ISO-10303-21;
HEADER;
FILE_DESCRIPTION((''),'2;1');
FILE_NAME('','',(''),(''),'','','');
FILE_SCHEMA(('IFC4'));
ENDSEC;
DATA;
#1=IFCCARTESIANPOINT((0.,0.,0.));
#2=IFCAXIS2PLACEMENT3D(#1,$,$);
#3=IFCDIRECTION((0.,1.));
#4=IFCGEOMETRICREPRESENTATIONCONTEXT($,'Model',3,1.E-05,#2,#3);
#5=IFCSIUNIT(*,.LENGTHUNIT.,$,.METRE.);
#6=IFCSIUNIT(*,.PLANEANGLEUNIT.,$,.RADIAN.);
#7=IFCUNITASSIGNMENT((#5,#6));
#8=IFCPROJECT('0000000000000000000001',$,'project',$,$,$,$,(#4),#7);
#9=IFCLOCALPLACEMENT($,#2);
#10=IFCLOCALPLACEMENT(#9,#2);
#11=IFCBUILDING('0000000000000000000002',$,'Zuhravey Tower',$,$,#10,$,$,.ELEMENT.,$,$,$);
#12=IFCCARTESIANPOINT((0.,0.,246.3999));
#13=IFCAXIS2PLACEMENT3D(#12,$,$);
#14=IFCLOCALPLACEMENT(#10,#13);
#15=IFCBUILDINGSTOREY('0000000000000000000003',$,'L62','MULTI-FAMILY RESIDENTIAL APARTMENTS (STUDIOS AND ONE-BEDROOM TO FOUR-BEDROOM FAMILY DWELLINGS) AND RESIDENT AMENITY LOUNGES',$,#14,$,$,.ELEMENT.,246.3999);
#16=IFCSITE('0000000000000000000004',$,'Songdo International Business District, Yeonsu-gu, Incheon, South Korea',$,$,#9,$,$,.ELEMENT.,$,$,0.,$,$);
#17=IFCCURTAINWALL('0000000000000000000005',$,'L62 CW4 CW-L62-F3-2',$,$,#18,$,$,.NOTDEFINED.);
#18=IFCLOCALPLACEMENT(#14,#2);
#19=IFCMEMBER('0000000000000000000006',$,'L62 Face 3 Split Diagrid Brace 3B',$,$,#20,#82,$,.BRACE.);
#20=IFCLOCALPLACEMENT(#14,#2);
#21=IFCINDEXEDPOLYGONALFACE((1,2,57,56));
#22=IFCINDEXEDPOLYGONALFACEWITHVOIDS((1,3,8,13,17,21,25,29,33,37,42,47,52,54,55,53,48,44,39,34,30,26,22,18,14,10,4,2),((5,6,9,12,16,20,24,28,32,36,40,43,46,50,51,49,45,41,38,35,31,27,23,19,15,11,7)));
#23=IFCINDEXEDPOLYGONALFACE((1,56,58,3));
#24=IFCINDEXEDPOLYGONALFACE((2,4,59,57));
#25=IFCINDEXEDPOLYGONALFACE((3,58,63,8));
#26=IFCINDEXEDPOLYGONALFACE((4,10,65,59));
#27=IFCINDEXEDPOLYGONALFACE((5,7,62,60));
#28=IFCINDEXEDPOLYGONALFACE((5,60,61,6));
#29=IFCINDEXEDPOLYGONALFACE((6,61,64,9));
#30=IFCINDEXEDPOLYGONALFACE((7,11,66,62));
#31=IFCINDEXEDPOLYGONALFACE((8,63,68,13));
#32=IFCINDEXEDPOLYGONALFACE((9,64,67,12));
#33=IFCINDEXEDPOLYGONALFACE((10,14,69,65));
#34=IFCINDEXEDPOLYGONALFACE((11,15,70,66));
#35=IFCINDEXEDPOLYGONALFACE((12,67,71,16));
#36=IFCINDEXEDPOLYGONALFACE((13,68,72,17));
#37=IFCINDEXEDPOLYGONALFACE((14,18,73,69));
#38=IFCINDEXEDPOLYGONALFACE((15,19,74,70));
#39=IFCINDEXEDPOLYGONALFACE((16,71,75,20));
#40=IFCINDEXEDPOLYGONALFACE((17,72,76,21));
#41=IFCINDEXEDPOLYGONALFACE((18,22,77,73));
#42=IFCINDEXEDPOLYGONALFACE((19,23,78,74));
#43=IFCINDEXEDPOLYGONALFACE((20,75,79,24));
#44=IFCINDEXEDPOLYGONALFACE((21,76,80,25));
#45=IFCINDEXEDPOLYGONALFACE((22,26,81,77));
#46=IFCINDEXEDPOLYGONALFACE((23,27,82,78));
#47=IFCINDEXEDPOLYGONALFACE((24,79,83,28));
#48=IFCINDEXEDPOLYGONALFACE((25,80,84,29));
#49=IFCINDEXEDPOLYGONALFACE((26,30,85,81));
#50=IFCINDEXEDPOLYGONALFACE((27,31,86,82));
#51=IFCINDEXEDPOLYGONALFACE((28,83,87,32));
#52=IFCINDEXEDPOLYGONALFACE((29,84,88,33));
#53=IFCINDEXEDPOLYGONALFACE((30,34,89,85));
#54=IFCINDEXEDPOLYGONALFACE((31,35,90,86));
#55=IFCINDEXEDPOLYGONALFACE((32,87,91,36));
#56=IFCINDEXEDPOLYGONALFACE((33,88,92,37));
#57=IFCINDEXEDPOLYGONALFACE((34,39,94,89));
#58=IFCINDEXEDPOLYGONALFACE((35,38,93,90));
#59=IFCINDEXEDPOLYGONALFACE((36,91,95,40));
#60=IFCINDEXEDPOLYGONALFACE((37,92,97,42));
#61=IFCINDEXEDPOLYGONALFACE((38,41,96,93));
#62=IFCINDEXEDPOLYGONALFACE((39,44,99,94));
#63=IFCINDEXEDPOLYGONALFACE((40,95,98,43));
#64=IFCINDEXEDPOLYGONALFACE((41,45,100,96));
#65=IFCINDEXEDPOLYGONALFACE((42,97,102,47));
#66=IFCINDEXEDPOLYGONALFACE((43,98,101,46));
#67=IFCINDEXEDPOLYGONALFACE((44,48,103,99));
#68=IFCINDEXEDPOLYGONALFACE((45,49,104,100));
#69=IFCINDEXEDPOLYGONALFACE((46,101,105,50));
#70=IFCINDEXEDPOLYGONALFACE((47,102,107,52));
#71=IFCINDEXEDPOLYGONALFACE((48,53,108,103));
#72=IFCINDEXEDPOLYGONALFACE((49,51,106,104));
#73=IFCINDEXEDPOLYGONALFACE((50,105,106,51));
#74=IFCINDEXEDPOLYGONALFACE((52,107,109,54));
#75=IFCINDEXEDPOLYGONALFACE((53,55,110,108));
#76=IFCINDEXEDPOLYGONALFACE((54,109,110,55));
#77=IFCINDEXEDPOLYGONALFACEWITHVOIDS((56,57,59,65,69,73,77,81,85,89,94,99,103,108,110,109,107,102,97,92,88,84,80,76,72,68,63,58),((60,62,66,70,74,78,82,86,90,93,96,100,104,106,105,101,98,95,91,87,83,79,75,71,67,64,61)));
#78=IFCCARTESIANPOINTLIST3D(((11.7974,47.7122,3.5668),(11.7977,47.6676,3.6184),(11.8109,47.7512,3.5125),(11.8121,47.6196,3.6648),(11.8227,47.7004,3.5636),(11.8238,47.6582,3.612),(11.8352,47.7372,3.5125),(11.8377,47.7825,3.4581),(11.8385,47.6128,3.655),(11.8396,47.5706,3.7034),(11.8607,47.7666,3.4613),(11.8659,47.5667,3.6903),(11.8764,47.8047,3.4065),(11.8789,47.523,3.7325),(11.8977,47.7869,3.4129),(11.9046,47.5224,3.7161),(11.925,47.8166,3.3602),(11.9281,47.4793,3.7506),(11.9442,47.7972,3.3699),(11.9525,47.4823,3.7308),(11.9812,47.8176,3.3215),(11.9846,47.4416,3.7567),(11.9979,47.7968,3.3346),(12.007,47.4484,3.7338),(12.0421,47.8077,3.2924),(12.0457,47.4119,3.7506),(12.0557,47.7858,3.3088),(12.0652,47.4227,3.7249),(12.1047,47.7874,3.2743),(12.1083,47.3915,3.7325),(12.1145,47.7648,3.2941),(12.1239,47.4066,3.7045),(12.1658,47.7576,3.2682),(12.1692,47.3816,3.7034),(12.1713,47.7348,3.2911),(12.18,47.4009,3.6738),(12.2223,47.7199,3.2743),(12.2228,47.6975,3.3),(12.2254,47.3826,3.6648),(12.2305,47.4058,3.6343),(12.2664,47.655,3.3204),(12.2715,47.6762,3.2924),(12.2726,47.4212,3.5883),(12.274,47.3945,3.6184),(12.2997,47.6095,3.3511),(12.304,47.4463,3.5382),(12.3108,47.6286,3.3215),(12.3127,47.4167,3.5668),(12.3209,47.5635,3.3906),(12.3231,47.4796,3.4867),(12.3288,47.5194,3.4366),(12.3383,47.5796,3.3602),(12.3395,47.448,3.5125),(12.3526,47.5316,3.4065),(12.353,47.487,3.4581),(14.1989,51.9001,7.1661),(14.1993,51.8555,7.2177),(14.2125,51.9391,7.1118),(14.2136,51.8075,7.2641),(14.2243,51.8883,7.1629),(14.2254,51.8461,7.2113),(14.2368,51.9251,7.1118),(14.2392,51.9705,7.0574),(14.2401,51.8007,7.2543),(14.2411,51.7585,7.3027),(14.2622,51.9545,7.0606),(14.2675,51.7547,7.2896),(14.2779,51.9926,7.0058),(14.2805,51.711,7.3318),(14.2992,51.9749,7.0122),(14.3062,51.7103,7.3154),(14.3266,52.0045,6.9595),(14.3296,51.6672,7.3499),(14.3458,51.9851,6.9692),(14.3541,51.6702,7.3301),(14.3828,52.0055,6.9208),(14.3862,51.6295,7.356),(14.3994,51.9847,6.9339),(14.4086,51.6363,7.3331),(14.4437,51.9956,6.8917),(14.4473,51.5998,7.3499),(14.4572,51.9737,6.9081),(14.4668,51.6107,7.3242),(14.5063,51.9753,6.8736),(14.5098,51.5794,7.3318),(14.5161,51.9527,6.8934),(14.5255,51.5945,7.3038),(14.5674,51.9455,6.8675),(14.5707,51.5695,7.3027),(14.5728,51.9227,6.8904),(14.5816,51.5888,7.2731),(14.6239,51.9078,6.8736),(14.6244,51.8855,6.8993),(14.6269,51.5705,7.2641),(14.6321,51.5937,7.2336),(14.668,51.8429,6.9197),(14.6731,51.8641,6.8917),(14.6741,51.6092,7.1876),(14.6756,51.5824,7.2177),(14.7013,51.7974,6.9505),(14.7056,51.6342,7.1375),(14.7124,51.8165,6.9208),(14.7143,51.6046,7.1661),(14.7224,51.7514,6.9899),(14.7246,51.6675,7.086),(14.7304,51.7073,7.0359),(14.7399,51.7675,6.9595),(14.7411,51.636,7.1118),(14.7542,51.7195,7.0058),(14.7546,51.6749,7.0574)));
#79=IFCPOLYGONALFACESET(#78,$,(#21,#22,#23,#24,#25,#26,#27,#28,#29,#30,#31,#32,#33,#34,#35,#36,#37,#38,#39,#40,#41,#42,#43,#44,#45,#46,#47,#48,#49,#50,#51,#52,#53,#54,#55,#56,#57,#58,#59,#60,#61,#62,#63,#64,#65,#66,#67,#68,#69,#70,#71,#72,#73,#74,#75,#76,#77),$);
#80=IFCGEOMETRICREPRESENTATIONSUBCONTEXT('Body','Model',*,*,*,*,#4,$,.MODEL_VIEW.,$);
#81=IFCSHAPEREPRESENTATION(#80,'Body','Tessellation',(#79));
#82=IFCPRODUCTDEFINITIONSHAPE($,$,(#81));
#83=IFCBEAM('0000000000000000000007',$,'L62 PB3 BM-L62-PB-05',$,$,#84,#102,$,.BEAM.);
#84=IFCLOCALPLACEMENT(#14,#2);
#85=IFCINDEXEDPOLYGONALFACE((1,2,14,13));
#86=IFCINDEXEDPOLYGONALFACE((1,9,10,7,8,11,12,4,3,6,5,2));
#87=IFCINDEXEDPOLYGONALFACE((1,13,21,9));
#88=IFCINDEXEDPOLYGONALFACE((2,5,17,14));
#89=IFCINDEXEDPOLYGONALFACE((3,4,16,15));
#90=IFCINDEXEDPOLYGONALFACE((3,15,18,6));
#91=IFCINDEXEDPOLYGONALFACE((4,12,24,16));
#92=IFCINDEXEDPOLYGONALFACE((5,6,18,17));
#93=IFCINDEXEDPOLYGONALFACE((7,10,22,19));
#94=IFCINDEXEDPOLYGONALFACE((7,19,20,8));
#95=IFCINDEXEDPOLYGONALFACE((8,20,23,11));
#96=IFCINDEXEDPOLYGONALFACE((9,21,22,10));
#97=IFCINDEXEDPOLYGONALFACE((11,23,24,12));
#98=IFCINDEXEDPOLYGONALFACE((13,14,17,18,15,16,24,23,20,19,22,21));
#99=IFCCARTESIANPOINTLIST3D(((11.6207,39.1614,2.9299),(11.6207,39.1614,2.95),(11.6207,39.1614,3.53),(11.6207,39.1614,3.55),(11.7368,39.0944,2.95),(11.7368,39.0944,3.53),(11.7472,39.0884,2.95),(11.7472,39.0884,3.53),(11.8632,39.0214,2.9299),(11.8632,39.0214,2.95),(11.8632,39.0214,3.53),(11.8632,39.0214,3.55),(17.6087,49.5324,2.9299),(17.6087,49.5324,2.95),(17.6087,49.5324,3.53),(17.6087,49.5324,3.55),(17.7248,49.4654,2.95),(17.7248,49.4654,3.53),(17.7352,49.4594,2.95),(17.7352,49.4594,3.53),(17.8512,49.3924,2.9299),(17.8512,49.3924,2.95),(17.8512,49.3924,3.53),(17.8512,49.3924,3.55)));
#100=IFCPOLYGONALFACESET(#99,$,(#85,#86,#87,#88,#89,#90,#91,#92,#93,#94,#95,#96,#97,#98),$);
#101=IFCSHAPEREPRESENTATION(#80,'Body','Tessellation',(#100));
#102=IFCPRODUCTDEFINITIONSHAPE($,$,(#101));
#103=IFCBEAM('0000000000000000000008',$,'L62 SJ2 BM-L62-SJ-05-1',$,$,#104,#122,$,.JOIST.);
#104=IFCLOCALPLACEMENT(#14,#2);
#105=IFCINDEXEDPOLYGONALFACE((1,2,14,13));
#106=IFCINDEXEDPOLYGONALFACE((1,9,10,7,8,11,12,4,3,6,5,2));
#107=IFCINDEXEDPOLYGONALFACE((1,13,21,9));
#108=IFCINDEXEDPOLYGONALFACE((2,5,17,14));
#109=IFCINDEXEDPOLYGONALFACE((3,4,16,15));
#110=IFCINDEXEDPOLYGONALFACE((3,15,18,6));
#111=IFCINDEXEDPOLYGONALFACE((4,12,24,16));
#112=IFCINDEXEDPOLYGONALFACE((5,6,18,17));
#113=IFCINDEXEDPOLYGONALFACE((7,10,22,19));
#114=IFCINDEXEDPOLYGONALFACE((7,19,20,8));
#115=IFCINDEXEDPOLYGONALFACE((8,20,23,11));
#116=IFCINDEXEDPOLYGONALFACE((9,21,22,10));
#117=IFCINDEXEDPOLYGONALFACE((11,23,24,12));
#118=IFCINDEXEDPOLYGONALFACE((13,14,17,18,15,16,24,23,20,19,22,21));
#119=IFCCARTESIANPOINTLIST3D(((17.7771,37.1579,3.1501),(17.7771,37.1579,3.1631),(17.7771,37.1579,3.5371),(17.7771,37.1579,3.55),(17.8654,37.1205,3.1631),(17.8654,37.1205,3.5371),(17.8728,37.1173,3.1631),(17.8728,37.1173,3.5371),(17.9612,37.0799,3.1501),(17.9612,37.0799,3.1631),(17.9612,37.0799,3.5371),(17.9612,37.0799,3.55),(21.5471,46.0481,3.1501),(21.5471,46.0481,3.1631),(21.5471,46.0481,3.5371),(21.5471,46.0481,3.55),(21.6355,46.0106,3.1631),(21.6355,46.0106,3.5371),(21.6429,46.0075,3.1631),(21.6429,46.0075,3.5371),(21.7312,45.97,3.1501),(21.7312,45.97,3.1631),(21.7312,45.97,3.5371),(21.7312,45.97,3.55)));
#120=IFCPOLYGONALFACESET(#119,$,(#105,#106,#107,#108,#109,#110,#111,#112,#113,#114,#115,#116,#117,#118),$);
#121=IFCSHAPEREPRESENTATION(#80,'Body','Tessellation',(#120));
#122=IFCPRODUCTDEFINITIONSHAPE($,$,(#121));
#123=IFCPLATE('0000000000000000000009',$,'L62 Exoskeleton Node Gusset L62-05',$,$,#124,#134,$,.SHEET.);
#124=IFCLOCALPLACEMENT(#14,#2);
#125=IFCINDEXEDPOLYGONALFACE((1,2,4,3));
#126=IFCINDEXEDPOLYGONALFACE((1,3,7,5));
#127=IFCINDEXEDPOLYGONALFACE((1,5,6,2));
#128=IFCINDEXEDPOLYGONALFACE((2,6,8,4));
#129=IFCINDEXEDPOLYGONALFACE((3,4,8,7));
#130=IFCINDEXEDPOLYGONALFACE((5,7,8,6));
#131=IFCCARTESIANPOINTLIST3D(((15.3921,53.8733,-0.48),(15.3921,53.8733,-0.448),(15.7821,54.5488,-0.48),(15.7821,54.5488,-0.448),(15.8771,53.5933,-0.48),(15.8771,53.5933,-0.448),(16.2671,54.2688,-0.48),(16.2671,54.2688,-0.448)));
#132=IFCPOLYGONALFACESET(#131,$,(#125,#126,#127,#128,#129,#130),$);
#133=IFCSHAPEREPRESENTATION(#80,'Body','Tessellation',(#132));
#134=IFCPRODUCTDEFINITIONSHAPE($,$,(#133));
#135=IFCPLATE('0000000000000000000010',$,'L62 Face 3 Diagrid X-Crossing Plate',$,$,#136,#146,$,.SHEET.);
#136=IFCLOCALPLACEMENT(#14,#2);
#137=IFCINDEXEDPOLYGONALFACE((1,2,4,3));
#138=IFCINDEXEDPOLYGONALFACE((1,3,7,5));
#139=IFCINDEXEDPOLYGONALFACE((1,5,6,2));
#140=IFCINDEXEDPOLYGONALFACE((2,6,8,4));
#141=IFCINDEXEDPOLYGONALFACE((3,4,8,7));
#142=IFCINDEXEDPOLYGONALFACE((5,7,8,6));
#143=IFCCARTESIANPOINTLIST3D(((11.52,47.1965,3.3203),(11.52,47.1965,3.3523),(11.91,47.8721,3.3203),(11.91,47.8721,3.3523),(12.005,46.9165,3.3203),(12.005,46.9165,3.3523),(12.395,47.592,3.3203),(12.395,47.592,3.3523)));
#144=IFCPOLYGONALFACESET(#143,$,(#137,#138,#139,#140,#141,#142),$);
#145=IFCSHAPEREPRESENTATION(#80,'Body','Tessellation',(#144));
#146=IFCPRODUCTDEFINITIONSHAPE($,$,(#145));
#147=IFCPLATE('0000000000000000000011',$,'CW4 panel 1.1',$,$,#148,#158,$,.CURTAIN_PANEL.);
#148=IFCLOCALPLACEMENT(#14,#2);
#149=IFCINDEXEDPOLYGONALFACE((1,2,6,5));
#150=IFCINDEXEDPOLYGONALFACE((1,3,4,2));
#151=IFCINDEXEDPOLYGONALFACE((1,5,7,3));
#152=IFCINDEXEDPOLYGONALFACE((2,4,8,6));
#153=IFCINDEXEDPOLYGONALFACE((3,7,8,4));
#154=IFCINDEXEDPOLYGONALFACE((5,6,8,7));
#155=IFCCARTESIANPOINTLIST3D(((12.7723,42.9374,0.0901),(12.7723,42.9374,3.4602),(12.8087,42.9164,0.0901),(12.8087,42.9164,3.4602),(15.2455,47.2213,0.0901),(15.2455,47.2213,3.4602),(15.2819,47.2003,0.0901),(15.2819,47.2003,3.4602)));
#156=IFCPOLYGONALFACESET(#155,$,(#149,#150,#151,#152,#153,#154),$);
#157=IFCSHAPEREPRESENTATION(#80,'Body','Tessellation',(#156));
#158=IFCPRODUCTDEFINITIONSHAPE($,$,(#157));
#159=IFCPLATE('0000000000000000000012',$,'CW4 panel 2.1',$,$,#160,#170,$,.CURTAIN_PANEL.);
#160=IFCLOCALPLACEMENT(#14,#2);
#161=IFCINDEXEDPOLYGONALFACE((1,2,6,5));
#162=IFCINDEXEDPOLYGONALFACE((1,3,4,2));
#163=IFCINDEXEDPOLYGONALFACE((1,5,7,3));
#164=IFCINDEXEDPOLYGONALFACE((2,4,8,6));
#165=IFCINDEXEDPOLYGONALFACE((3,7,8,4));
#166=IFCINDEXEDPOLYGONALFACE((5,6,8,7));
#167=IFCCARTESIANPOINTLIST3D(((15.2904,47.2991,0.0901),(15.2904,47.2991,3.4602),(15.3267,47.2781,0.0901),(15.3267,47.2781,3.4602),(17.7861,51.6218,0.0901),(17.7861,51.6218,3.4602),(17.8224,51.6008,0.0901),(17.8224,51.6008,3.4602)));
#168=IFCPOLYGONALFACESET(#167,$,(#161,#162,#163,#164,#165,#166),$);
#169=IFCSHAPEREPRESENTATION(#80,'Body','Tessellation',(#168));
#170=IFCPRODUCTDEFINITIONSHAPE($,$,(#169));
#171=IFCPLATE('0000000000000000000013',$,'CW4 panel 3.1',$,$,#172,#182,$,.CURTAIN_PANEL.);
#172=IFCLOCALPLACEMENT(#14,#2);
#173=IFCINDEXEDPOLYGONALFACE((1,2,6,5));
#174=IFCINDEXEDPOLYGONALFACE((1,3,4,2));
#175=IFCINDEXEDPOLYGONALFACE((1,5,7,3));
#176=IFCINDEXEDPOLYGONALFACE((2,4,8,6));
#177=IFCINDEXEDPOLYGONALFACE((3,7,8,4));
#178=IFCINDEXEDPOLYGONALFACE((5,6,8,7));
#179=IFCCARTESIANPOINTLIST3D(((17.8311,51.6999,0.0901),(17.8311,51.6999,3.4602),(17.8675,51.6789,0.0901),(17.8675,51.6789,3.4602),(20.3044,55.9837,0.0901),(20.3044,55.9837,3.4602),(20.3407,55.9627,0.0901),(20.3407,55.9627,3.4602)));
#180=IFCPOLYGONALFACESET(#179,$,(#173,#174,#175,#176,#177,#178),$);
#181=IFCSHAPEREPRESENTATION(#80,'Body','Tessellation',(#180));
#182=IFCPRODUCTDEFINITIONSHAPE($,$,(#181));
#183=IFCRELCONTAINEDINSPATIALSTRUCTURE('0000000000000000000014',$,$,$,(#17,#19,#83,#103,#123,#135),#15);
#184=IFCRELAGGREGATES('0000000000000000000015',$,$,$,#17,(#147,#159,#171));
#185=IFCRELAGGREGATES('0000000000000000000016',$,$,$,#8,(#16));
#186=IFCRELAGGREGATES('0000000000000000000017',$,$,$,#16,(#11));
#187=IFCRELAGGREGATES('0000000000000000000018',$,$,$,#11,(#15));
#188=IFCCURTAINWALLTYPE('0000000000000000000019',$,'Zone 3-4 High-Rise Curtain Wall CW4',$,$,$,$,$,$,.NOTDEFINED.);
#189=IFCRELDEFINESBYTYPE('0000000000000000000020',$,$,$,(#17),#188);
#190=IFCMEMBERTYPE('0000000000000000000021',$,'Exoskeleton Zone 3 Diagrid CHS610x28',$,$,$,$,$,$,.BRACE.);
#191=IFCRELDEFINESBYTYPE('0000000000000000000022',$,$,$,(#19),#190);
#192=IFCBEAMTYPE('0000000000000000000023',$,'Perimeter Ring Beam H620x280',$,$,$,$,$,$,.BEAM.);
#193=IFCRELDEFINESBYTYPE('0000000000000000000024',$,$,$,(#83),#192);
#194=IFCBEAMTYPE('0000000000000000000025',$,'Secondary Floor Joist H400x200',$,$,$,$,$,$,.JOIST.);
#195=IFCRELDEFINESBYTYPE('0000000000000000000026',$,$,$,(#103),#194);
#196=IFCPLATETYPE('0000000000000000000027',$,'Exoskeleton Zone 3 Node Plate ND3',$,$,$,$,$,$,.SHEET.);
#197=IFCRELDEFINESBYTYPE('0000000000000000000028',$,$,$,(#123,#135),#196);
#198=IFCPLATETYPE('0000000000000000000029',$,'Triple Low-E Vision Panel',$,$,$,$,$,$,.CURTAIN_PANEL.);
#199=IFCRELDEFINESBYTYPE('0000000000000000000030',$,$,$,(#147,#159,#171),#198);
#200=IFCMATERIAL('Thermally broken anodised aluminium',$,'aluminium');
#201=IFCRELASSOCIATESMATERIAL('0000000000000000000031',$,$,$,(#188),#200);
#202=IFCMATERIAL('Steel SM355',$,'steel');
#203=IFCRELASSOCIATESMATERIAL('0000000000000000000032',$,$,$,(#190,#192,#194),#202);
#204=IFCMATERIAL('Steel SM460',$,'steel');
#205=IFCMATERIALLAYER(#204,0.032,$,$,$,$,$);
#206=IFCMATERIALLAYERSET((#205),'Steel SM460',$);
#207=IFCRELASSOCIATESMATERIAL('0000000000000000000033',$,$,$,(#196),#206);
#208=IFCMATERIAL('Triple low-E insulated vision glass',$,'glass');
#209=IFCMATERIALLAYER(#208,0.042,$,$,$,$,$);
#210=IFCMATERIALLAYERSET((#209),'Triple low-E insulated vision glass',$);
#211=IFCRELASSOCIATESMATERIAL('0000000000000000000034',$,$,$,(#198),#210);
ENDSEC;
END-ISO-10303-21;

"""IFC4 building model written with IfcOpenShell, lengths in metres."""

from ifc_helpers import new_model, si_unit, direction, frame, origin, origin_2d, place, context, subcontext, project, spatial, rectangle, hollow_circle, i_section, extrude, material, layer, layer_set, material_profile, profile_set, type_object, element, aggregate, save


model = new_model("IFC4")

# Units and contexts
model_context = context("Model", 3, precision=1e-05, world=origin(), true_north=direction((0.0, 1.0)))
body_context = subcontext(model_context, "Body", "Model", "MODEL_VIEW")
ifc_project = project(units=[si_unit("LENGTHUNIT", "METRE"), si_unit("PLANEANGLEUNIT", "RADIAN")], contexts=[model_context])

# Site, building, storey
site_placement = place(None, origin())
site = spatial("IfcSite", under=ifc_project, at=site_placement, Name="Songdo International Business District, Yeonsu-gu, Incheon, South Korea", CompositionType="ELEMENT", RefElevation=0.0)
building_placement = place(site_placement, origin())
building = spatial("IfcBuilding", under=site, at=building_placement, Name="Zuhravey Tower", CompositionType="ELEMENT")
storey_placement = place(building_placement, frame((0.0, 0.0, 246.3999)))
storey = spatial("IfcBuildingStorey", under=building, at=storey_placement, Name="L62", Description="MULTI-FAMILY RESIDENTIAL APARTMENTS (STUDIOS AND ONE-BEDROOM TO FOUR-BEDROOM FAMILY DWELLINGS) AND RESIDENT AMENITY LOUNGES", CompositionType="ELEMENT", Elevation=246.3999)

# Curtain wall
ifc_material_1 = material(Name="Thermally broken anodised aluminium", Category="aluminium")
curtain_wall_type = type_object("IfcCurtainWallType", Name="Zone 3-4 High-Rise Curtain Wall CW4", PredefinedType="NOTDEFINED", material=ifc_material_1)
curtain_wall_placement = place(storey_placement, origin())
curtain_wall = element("IfcCurtainWall", 1, at=curtain_wall_placement, inside=storey, type_object=curtain_wall_type, Name="L62 CW4 CW-L62-F3-2", PredefinedType="NOTDEFINED")

# Member
ifc_material_2 = material(Name="Steel SM355", Category="steel")
ifc_material_profile_1 = material_profile(ifc_material_2, hollow_circle(Radius=0.3047, WallThickness=0.0281, at=origin_2d()), Name="CHS-609.6x28")
ifc_profile_set_1 = profile_set([ifc_material_profile_1], Name="Steel SM355")
member_type_1 = type_object("IfcMemberType", Name="Exoskeleton Zone 3 Diagrid CHS610x28", PredefinedType="BRACE", material=ifc_profile_set_1)
member_1_placement = place(storey_placement, frame((12.0752, 47.5996, 3.5125), z_axis=(0.398818, 0.695468, 0.59772), x_axis=(-0.867486, 0.497462, 0.0)))
element("IfcMember", 2, at=member_1_placement, inside=storey, type_object=member_type_1, Name="L62 Face 3 Split Diagrid Brace 3B", PredefinedType="BRACE", context=body_context, shape_type="SweptSolid", body=[
    extrude(hollow_circle(Radius=0.3047, WallThickness=0.0281, at=origin_2d()), origin(), (0.0, 0.0, 1.0), 6.0217),
])

# Beams
ifc_material_profile_2 = material_profile(ifc_material_2, i_section(OverallWidth=0.28, OverallDepth=0.6201, WebThickness=0.012, FlangeThickness=0.02, at=origin_2d()), Name="H-620x280x12x20")
ifc_profile_set_2 = profile_set([ifc_material_profile_2], Name="Steel SM355")
beam_type_1 = type_object("IfcBeamType", Name="Perimeter Ring Beam H620x280", PredefinedType="BEAM", material=ifc_profile_set_2)
beam_1_placement = place(storey_placement, frame((17.73, 49.4624, 3.24), z_axis=(-0.500018, -0.866015, 0.0), x_axis=(0.866015, -0.500018, 0.0)))
element("IfcBeam", 3, at=beam_1_placement, inside=storey, type_object=beam_type_1, Name="L62 PB3 BM-L62-PB-05", PredefinedType="BEAM", context=body_context, shape_type="SweptSolid", body=[
    extrude(i_section(OverallWidth=0.28, OverallDepth=0.6201, WebThickness=0.012, FlangeThickness=0.02, at=origin_2d()), origin(), (0.0, 0.0, 1.0), 11.9756),
])
ifc_material_profile_3 = material_profile(ifc_material_2, i_section(OverallWidth=0.2, OverallDepth=0.3999, WebThickness=0.0081, FlangeThickness=0.0129, at=origin_2d()), Name="H-400x200x8x13")
ifc_profile_set_3 = profile_set([ifc_material_profile_3], Name="Steel SM355")
beam_type_2 = type_object("IfcBeamType", Name="Secondary Floor Joist H400x200", PredefinedType="JOIST", material=ifc_profile_set_3)
beam_2_placement = place(storey_placement, frame((21.6392, 46.009, 3.3501), z_axis=(-0.390413, -0.92064, 0.0), x_axis=(0.92064, -0.390413, 0.0)))
element("IfcBeam", 4, at=beam_2_placement, inside=storey, type_object=beam_type_2, Name="L62 SJ2 BM-L62-SJ-05-1", PredefinedType="JOIST", context=body_context, shape_type="SweptSolid", body=[
    extrude(i_section(OverallWidth=0.2, OverallDepth=0.3999, WebThickness=0.0081, FlangeThickness=0.0129, at=origin_2d()), origin(), (0.0, 0.0, 1.0), 9.6565),
])

# Plates
ifc_material_3 = material(Name="Steel SM460", Category="steel")
ifc_layer_1 = layer(ifc_material_3, 0.032)
ifc_layer_set_1 = layer_set([ifc_layer_1], Name="Steel SM460")
plate_type_1 = type_object("IfcPlateType", Name="Exoskeleton Zone 3 Node Plate ND3", PredefinedType="SHEET", material=ifc_layer_set_1)
for number, where, z_axis, x_axis, name in (
    (5, (15.8296, 54.071, -0.48), (0.0, 0.0, 1.0), (-0.5, -0.866025, 0.0), "L62 Exoskeleton Node Gusset L62-05"),
    (6, (11.9575, 47.3943, 3.3203), (0.0, 0.0, 1.0), (-0.5, -0.866025, 0.0), "L62 Face 3 Diagrid X-Crossing Plate"),
):
    element("IfcPlate", number, at=place(storey_placement, frame(where, z_axis=z_axis, x_axis=x_axis)), inside=storey, type_object=plate_type_1, Name=name, PredefinedType="SHEET", context=body_context, shape_type="SweptSolid", body=[
        extrude(rectangle(XDim=0.78, YDim=0.5601, at=origin_2d()), origin(), (0.0, 0.0, 1.0), 0.032),
    ])

# Plates
ifc_material_4 = material(Name="Triple low-E insulated vision glass", Category="glass")
ifc_layer_2 = layer(ifc_material_4, 0.042)
ifc_layer_set_2 = layer_set([ifc_layer_2], Name="Triple low-E insulated vision glass")
plate_type_2 = type_object("IfcPlateType", Name="Triple Low-E Vision Panel", PredefinedType="CURTAIN_PANEL", material=ifc_layer_set_2)
plate_1_placement = place(storey_placement, frame((14.0271, 45.0688, 0.0901), z_axis=(0.0, 0.0, 1.0), x_axis=(0.499998, 0.866026, 0.0)))
plate_1 = element("IfcPlate", 7, at=plate_1_placement, type_object=plate_type_2, Name="CW4 panel 1.1", PredefinedType="CURTAIN_PANEL", context=body_context, shape_type="SweptSolid", body=[
    extrude(rectangle(XDim=4.9465, YDim=0.042, at=origin_2d()), origin(), (0.0, 0.0, 1.0), 3.3701),
])
plate_2_placement = place(storey_placement, frame((16.5564, 49.45, 0.0901), z_axis=(0.0, 0.0, 1.0), x_axis=(0.499998, 0.866026, 0.0)))
plate_2 = element("IfcPlate", 8, at=plate_2_placement, type_object=plate_type_2, Name="CW4 panel 2.1", PredefinedType="CURTAIN_PANEL", context=body_context, shape_type="SweptSolid", body=[
    extrude(rectangle(XDim=4.9915, YDim=0.042, at=origin_2d()), origin(), (0.0, 0.0, 1.0), 3.3701),
])
plate_3_placement = place(storey_placement, frame((19.0859, 53.8313, 0.0901), z_axis=(0.0, 0.0, 1.0), x_axis=(0.499998, 0.866026, 0.0)))
plate_3 = element("IfcPlate", 9, at=plate_3_placement, type_object=plate_type_2, Name="CW4 panel 3.1", PredefinedType="CURTAIN_PANEL", context=body_context, shape_type="SweptSolid", body=[
    extrude(rectangle(XDim=4.9465, YDim=0.042, at=origin_2d()), origin(), (0.0, 0.0, 1.0), 3.3701),
])
aggregate(curtain_wall, [plate_1, plate_2, plate_3])

save(model, "model.ifc")
